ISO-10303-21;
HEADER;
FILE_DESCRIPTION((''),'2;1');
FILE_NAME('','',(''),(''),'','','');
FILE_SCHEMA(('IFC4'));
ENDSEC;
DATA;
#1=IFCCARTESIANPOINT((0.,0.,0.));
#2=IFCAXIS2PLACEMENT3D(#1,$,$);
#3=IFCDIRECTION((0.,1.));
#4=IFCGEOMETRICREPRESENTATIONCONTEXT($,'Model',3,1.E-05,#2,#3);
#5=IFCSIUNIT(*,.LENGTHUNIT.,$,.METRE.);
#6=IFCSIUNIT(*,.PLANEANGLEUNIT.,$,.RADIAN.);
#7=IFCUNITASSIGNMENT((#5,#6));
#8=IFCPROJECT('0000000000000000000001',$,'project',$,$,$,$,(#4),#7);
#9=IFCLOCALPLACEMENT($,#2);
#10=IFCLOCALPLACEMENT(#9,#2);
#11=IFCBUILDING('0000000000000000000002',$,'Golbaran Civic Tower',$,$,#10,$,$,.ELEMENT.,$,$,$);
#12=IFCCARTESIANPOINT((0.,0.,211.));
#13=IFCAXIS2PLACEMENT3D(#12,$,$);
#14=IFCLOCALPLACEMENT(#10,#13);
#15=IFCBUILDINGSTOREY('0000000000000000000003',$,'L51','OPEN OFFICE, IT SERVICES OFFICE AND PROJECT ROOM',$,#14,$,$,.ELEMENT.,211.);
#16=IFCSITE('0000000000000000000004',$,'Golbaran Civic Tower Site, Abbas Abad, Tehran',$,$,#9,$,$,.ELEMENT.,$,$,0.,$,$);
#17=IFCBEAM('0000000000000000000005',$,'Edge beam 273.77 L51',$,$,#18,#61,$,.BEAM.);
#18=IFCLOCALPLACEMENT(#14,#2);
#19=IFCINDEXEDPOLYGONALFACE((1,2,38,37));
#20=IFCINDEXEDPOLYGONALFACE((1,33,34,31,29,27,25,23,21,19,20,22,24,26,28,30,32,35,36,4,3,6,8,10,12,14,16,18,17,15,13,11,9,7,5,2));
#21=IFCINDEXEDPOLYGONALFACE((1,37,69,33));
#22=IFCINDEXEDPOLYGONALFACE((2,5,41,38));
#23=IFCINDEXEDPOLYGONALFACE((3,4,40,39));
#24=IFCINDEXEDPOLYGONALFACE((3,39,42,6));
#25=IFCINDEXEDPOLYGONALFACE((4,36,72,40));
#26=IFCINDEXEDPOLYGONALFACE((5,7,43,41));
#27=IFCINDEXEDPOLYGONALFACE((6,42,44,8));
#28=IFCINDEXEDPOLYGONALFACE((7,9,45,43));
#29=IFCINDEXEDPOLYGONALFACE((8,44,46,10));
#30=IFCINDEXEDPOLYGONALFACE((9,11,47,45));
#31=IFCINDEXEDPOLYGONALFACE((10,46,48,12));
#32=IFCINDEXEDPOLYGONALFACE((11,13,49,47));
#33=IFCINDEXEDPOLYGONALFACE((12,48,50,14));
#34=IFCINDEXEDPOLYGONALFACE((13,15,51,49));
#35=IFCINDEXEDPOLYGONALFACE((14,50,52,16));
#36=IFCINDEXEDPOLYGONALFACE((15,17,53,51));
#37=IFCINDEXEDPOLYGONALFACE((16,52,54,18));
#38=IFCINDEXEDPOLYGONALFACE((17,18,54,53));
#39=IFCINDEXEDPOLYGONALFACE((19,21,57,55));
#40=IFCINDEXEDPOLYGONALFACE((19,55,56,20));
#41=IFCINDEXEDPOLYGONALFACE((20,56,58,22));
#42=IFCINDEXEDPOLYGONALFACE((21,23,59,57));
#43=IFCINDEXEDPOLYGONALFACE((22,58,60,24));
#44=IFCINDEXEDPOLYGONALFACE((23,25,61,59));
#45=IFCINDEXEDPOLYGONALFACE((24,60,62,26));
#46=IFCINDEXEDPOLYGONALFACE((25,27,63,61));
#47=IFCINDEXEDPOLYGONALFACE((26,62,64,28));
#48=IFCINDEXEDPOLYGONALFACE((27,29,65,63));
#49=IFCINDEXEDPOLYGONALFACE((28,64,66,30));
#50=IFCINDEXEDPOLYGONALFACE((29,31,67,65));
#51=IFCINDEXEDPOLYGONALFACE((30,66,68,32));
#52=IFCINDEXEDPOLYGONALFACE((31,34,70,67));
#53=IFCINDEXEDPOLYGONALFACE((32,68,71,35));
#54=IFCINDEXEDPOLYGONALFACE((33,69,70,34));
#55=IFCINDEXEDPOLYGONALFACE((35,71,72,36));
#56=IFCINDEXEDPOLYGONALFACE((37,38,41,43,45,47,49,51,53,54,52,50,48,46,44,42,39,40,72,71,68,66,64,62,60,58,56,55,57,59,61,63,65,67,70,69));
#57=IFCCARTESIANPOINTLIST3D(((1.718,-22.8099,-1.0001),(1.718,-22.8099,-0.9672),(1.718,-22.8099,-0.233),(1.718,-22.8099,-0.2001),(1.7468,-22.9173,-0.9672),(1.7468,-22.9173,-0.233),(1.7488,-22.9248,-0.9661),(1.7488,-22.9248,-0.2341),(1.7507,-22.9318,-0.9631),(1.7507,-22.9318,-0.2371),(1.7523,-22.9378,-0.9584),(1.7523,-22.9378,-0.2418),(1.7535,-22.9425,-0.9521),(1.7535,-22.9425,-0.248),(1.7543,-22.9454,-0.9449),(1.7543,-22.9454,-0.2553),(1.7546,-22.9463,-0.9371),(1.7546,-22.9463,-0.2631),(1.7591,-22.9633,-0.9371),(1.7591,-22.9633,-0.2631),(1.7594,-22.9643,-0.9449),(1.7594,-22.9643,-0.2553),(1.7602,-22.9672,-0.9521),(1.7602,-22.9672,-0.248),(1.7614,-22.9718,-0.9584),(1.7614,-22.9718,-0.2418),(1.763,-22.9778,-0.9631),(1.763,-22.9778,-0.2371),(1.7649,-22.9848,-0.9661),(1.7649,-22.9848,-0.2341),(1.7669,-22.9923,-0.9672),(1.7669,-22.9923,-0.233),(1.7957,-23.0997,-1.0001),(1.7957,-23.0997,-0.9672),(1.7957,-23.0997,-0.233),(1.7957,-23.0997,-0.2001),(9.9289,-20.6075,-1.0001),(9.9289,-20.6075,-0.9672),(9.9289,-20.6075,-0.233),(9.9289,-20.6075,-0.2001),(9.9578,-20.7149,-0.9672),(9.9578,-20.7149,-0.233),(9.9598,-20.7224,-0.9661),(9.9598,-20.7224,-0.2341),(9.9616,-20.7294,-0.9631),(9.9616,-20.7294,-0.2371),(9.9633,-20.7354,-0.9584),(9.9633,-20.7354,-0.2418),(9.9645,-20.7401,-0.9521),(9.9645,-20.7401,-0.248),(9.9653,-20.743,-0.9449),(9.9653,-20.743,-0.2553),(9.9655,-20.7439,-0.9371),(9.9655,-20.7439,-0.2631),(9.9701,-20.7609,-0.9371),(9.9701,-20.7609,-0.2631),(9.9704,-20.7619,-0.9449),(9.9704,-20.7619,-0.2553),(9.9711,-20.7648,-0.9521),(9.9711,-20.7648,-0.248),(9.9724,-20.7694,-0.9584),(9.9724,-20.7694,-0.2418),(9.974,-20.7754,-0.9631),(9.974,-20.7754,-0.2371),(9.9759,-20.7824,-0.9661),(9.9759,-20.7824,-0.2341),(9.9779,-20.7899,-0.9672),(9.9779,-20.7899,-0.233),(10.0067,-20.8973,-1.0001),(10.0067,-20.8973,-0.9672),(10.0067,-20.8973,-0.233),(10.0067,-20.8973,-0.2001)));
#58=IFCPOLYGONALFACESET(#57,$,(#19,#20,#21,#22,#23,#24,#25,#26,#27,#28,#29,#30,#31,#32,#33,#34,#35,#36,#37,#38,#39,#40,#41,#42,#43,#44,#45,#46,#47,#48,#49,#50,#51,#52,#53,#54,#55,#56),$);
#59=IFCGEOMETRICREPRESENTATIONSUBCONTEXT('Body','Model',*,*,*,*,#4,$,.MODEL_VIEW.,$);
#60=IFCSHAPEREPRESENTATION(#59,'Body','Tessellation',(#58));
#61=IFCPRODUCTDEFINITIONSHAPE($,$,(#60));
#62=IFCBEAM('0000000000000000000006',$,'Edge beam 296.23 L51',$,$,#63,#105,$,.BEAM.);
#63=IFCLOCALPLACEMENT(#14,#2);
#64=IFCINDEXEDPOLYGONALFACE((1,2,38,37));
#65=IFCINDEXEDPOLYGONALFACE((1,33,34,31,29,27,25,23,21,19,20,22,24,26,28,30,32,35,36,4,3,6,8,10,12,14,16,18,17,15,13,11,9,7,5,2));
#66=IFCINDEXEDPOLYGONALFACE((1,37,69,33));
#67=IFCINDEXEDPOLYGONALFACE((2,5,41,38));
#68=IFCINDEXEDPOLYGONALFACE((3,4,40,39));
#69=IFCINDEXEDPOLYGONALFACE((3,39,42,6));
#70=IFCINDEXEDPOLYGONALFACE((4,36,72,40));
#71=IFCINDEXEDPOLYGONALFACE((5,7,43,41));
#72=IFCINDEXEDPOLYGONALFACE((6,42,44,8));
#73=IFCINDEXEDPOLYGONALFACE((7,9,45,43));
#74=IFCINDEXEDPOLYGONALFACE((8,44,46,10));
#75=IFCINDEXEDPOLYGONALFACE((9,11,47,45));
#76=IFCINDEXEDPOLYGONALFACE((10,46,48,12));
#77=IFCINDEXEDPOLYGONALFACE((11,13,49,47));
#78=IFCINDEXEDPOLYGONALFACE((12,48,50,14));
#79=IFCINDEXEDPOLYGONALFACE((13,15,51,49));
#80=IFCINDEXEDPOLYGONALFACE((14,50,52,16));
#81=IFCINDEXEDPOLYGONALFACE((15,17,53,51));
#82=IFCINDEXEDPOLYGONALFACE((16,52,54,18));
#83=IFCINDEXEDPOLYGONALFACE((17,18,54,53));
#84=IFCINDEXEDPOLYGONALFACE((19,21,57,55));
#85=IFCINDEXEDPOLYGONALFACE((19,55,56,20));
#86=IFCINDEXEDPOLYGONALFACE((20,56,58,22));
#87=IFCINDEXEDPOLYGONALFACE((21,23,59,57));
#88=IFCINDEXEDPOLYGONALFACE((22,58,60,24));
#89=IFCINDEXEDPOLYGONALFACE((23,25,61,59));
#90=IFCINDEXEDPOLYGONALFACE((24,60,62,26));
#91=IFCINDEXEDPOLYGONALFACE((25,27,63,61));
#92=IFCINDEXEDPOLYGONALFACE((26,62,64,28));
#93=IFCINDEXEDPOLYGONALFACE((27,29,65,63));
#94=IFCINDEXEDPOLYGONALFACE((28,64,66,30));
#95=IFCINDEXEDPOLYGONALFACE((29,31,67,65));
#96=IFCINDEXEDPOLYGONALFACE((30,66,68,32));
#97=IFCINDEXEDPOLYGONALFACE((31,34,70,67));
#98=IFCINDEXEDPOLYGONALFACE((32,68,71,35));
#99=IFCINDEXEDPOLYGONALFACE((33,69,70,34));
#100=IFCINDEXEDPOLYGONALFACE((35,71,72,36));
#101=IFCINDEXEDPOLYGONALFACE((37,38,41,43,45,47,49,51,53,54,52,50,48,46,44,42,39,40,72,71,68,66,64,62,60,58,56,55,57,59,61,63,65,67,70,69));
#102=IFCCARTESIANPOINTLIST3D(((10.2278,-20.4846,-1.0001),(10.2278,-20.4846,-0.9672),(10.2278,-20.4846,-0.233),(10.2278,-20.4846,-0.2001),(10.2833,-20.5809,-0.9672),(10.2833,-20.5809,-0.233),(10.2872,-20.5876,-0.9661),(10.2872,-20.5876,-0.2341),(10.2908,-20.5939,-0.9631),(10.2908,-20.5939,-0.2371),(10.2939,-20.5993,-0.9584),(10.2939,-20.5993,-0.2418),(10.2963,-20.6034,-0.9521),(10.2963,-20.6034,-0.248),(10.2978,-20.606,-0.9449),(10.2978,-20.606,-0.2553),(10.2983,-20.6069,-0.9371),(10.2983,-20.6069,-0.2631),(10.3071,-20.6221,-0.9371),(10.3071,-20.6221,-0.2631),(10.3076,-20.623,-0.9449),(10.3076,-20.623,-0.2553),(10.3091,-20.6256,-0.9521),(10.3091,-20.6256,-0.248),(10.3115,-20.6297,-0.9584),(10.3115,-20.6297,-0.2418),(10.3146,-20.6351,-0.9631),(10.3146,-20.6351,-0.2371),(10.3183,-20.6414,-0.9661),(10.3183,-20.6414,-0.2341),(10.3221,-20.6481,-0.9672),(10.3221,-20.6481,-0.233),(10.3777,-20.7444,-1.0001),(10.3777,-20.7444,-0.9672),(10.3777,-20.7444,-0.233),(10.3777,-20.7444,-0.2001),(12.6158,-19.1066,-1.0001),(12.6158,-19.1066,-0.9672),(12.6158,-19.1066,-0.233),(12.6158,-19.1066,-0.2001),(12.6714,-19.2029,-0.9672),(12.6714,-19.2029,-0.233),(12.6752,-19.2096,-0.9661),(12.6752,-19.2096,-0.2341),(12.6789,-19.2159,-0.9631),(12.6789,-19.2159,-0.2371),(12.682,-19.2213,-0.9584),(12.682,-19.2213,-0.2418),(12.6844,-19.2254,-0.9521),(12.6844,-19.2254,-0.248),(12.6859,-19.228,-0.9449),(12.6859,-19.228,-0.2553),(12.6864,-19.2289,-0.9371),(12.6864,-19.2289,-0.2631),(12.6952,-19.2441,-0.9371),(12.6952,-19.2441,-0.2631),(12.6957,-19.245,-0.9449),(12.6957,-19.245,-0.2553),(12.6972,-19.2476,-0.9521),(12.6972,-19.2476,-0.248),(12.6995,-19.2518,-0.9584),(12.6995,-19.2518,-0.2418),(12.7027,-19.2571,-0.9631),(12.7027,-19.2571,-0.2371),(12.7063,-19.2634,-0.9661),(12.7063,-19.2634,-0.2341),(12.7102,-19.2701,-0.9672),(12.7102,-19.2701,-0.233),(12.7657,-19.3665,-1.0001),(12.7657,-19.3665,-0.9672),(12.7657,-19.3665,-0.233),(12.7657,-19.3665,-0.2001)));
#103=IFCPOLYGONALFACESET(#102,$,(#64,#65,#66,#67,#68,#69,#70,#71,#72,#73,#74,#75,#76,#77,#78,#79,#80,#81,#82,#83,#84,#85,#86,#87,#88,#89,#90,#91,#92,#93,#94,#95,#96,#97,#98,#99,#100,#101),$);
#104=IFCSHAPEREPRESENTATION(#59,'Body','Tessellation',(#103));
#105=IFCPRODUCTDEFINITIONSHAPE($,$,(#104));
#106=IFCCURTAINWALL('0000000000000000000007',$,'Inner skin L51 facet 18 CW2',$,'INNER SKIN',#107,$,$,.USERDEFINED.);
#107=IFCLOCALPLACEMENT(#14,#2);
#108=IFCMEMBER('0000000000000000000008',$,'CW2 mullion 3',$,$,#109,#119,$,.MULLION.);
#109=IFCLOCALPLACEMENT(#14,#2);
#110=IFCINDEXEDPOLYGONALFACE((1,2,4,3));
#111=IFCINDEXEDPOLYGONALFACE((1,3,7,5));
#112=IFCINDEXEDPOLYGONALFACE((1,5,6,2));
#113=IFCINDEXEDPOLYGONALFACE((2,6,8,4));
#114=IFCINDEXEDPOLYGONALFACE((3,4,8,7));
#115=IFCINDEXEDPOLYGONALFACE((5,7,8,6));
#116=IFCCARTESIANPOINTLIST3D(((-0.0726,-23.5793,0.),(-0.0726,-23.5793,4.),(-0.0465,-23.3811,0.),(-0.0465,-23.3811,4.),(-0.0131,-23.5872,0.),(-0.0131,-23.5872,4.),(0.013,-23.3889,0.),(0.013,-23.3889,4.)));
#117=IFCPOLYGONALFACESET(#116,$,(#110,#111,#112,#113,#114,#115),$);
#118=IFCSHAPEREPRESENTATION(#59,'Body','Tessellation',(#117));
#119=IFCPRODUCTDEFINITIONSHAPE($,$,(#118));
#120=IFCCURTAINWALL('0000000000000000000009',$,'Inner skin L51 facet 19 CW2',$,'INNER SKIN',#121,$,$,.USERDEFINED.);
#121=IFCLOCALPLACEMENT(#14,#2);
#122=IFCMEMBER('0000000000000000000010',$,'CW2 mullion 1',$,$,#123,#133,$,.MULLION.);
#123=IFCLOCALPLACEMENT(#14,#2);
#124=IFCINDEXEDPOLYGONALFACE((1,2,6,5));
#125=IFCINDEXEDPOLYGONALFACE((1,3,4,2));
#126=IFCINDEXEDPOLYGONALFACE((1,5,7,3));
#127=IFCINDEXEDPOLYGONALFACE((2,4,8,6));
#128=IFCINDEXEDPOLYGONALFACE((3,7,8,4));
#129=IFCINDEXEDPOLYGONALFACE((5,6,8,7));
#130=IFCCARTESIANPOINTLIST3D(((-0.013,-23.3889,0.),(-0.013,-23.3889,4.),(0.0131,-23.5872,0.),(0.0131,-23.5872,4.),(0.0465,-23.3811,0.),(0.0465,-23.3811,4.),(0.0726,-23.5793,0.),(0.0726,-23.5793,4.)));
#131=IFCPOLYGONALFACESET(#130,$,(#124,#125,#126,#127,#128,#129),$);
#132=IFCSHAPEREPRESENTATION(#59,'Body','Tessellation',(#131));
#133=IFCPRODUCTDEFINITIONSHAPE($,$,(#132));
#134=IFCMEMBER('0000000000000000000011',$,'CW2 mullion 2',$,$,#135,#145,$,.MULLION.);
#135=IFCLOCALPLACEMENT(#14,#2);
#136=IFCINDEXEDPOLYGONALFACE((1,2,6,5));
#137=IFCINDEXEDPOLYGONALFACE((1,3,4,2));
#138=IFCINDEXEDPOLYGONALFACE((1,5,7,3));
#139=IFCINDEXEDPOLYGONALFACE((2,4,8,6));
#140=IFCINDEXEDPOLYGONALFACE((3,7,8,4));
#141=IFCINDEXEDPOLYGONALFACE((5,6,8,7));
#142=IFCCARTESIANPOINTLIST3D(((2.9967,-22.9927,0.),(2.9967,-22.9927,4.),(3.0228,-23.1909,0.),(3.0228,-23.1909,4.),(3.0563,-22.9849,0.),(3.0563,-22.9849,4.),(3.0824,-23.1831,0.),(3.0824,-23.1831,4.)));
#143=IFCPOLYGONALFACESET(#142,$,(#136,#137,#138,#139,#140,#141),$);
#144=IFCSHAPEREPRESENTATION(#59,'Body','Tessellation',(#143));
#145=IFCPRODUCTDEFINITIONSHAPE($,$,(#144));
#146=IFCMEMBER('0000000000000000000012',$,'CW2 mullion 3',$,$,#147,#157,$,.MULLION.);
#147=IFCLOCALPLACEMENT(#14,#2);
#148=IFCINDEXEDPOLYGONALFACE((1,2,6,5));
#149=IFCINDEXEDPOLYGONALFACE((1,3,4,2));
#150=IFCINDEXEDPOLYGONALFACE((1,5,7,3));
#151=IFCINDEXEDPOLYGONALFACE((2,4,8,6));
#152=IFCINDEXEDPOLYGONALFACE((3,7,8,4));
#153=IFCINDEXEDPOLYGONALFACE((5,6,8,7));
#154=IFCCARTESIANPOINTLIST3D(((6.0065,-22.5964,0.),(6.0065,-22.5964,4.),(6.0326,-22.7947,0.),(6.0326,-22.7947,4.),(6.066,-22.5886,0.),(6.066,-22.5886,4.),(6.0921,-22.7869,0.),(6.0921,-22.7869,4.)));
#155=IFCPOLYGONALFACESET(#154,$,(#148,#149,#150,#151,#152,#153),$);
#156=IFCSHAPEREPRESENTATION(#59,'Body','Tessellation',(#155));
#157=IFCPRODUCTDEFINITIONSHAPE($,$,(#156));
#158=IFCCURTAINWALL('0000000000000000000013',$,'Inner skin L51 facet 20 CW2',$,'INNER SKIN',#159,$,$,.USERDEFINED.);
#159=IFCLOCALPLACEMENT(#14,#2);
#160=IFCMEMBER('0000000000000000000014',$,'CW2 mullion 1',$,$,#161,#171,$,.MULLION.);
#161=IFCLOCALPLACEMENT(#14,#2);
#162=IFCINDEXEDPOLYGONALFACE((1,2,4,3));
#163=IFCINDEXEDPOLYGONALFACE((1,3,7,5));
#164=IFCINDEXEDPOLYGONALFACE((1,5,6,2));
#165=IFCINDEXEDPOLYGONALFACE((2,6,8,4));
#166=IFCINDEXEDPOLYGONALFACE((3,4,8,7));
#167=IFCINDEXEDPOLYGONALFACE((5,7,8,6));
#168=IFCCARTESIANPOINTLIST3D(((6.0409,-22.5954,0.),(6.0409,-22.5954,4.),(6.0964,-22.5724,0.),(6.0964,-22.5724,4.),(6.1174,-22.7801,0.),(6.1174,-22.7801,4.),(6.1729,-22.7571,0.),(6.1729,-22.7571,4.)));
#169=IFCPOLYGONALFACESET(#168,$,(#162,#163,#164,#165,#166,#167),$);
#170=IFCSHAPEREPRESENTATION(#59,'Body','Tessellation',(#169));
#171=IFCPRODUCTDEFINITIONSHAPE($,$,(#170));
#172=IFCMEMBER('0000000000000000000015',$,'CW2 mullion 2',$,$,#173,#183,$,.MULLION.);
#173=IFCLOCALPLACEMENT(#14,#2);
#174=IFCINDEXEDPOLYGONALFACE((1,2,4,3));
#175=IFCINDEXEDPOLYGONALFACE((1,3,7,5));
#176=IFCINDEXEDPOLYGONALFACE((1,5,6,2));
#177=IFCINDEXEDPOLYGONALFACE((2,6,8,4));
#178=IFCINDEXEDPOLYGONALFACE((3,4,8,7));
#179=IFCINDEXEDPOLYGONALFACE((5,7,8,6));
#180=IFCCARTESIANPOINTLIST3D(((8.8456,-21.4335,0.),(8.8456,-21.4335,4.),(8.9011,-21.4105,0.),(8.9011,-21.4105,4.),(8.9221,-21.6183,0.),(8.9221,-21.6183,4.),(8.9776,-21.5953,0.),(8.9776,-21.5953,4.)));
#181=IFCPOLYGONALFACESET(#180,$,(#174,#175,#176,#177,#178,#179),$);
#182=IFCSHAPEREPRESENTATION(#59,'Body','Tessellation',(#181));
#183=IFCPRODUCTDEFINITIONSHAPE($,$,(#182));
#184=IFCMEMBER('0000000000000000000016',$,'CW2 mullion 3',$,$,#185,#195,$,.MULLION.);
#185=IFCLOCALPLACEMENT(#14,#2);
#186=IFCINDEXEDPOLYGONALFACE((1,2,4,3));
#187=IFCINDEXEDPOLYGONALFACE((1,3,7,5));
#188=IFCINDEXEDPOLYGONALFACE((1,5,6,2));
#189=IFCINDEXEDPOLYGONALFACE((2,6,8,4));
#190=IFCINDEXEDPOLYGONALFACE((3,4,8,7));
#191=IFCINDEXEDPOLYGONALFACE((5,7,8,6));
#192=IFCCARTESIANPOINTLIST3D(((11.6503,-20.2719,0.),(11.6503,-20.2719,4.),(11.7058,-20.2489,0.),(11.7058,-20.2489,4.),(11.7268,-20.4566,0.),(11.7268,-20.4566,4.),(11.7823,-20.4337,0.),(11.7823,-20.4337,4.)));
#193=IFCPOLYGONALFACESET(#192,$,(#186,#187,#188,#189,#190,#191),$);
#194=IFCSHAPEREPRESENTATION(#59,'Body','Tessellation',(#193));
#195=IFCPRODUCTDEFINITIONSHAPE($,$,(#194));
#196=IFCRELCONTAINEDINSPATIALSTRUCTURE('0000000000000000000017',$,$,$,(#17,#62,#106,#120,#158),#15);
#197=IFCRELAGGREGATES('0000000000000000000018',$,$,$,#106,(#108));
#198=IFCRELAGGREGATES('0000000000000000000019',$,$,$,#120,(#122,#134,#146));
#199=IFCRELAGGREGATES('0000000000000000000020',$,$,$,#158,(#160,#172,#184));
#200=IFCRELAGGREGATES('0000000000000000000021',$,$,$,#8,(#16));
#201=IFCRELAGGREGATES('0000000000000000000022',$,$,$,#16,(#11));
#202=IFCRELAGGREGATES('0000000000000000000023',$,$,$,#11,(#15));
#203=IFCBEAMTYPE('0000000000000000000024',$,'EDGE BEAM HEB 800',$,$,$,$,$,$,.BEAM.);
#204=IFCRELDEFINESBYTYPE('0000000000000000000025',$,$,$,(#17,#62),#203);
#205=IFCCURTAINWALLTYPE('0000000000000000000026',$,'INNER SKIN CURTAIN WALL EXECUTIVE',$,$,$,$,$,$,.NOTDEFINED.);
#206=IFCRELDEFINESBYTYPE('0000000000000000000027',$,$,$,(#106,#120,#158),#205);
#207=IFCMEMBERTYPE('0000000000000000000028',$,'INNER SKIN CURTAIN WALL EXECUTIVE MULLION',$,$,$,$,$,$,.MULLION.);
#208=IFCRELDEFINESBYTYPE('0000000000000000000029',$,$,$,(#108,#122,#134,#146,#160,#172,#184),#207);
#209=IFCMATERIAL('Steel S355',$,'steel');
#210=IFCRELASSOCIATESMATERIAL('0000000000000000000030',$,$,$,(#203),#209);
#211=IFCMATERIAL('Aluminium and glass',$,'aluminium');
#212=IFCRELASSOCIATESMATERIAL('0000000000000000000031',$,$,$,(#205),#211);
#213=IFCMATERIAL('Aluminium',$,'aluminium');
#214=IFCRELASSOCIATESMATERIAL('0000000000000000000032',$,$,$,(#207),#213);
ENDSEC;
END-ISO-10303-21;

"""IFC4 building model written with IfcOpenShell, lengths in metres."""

from ifc_helpers import new_model, si_unit, direction, frame, origin, origin_2d, place, context, subcontext, project, spatial, rectangle, i_section, extrude, material, material_profile, profile_set, type_object, element, aggregate, save


model = new_model("IFC4")

# Units and contexts
model_context = context("Model", 3, precision=1e-05, world=origin(), true_north=direction((0.0, 1.0)))
body_context = subcontext(model_context, "Body", "Model", "MODEL_VIEW")
ifc_project = project(units=[si_unit("LENGTHUNIT", "METRE"), si_unit("PLANEANGLEUNIT", "RADIAN")], contexts=[model_context])

# Site, building, storey
site_placement = place(None, origin())
site = spatial("IfcSite", under=ifc_project, at=site_placement, Name="Golbaran Civic Tower Site, Abbas Abad, Tehran", CompositionType="ELEMENT", RefElevation=0.0)
building_placement = place(site_placement, origin())
building = spatial("IfcBuilding", under=site, at=building_placement, Name="Golbaran Civic Tower", CompositionType="ELEMENT")
storey_placement = place(building_placement, frame((0.0, 0.0, 211.0)))
storey = spatial("IfcBuildingStorey", under=building, at=storey_placement, Name="L51", Description="OPEN OFFICE, IT SERVICES OFFICE AND PROJECT ROOM", CompositionType="ELEMENT", Elevation=211.0)

# Beams
ifc_material_1 = material(Name="Steel S355", Category="steel")
ifc_material_profile_1 = material_profile(ifc_material_1, i_section(OverallWidth=0.3, OverallDepth=0.8, WebThickness=0.0176, FlangeThickness=0.033, FilletRadius=0.03, at=origin_2d()), Name="HEB 800")
ifc_profile_set_1 = profile_set([ifc_material_profile_1], Name="Steel S355")
beam_type = type_object("IfcBeamType", Name="EDGE BEAM HEB 800", PredefinedType="BEAM", material=ifc_profile_set_1)
beam_1_placement = place(storey_placement, frame((1.7568, -22.9548, -0.6001), z_axis=(0.965859, 0.259069, 0.0), x_axis=(-0.259069, 0.965859, 0.0)))
element("IfcBeam", 1, at=beam_1_placement, inside=storey, type_object=beam_type, Name="Edge beam 273.77 L51", PredefinedType="BEAM", context=body_context, shape_type="SweptSolid", body=[
    extrude(i_section(OverallWidth=0.3, OverallDepth=0.8, WebThickness=0.0176, FlangeThickness=0.033, FilletRadius=0.03, at=origin_2d()), origin(), (0.0, 0.0, 1.0), 8.5012),
])
beam_2_placement = place(storey_placement, frame((10.3027, -20.6145, -0.6001), z_axis=(0.866143, 0.499797, 0.0), x_axis=(-0.499797, 0.866143, 0.0)))
element("IfcBeam", 2, at=beam_2_placement, inside=storey, type_object=beam_type, Name="Edge beam 296.23 L51", PredefinedType="BEAM", context=body_context, shape_type="SweptSolid", body=[
    extrude(i_section(OverallWidth=0.3, OverallDepth=0.8, WebThickness=0.0176, FlangeThickness=0.033, FilletRadius=0.03, at=origin_2d()), origin(), (0.0, 0.0, 1.0), 2.7571),
])

# Curtain wall, member
ifc_material_2 = material(Name="Aluminium and glass", Category="aluminium")
curtain_wall_type = type_object("IfcCurtainWallType", Name="INNER SKIN CURTAIN WALL EXECUTIVE", PredefinedType="NOTDEFINED", material=ifc_material_2)
curtain_wall_1_placement = place(storey_placement, origin())
curtain_wall_1 = element("IfcCurtainWall", 3, at=curtain_wall_1_placement, inside=storey, type_object=curtain_wall_type, Name="Inner skin L51 facet 18 CW2", ObjectType="INNER SKIN", PredefinedType="USERDEFINED")
ifc_material_3 = material(Name="Aluminium", Category="aluminium")
ifc_material_profile_2 = material_profile(ifc_material_3, rectangle(XDim=0.2, YDim=0.0601, at=origin_2d()), Name="INNER SKIN CURTAIN WALL EXECUTIVE MULLION")
ifc_profile_set_2 = profile_set([ifc_material_profile_2], Name="Aluminium")
member_type_1 = type_object("IfcMemberType", Name="INNER SKIN CURTAIN WALL EXECUTIVE MULLION", PredefinedType="MULLION", material=ifc_profile_set_2)
member_1_placement = place(storey_placement, frame((-0.0298, -23.4841, 0.0), z_axis=(0.0, 0.0, 1.0), x_axis=(0.130526, 0.991445, 0.0)))
member_1 = element("IfcMember", 4, at=member_1_placement, type_object=member_type_1, Name="CW2 mullion 3", PredefinedType="MULLION", context=body_context, shape_type="SweptSolid", body=[
    extrude(rectangle(XDim=0.2, YDim=0.0601, at=origin_2d()), origin(), (0.0, 0.0, 1.0), 4.0),
])
aggregate(curtain_wall_1, [member_1])

# Curtain walls, members
curtain_wall_2_placement = place(storey_placement, origin())
curtain_wall_2 = element("IfcCurtainWall", 5, at=curtain_wall_2_placement, inside=storey, type_object=curtain_wall_type, Name="Inner skin L51 facet 19 CW2", ObjectType="INNER SKIN", PredefinedType="USERDEFINED")
member_2_placement = place(storey_placement, frame((0.0298, -23.4841, 0.0), z_axis=(0.0, 0.0, 1.0), x_axis=(-0.130526, 0.991445, 0.0)))
member_2 = element("IfcMember", 6, at=member_2_placement, type_object=member_type_1, Name="CW2 mullion 1", PredefinedType="MULLION", context=body_context, shape_type="SweptSolid", body=[
    extrude(rectangle(XDim=0.2, YDim=0.0601, at=origin_2d()), origin(), (0.0, 0.0, 1.0), 4.0),
])
member_3_placement = place(storey_placement, frame((3.0396, -23.0879, 0.0), z_axis=(0.0, 0.0, 1.0), x_axis=(-0.130526, 0.991445, 0.0)))
member_3 = element("IfcMember", 7, at=member_3_placement, type_object=member_type_1, Name="CW2 mullion 2", PredefinedType="MULLION", context=body_context, shape_type="SweptSolid", body=[
    extrude(rectangle(XDim=0.2, YDim=0.0601, at=origin_2d()), origin(), (0.0, 0.0, 1.0), 4.0),
])
member_4_placement = place(storey_placement, frame((6.0493, -22.6917, 0.0), z_axis=(0.0, 0.0, 1.0), x_axis=(-0.130526, 0.991445, 0.0)))
member_4 = element("IfcMember", 8, at=member_4_placement, type_object=member_type_1, Name="CW2 mullion 3", PredefinedType="MULLION", context=body_context, shape_type="SweptSolid", body=[
    extrude(rectangle(XDim=0.2, YDim=0.0601, at=origin_2d()), origin(), (0.0, 0.0, 1.0), 4.0),
])
curtain_wall_3_placement = place(storey_placement, origin())
curtain_wall_3 = element("IfcCurtainWall", 9, at=curtain_wall_3_placement, inside=storey, type_object=curtain_wall_type, Name="Inner skin L51 facet 20 CW2", ObjectType="INNER SKIN", PredefinedType="USERDEFINED")
member_5_placement = place(storey_placement, frame((6.1069, -22.6763, 0.0), z_axis=(0.0, 0.0, 1.0), x_axis=(-0.382683, 0.92388, 0.0)))
member_5 = element("IfcMember", 10, at=member_5_placement, type_object=member_type_1, Name="CW2 mullion 1", PredefinedType="MULLION", context=body_context, shape_type="SweptSolid", body=[
    extrude(rectangle(XDim=0.2, YDim=0.0601, at=origin_2d()), origin(), (0.0, 0.0, 1.0), 4.0),
])
member_6_placement = place(storey_placement, frame((8.9116, -21.5144, 0.0), z_axis=(0.0, 0.0, 1.0), x_axis=(-0.382683, 0.92388, 0.0)))
member_6 = element("IfcMember", 11, at=member_6_placement, type_object=member_type_1, Name="CW2 mullion 2", PredefinedType="MULLION", context=body_context, shape_type="SweptSolid", body=[
    extrude(rectangle(XDim=0.2, YDim=0.0601, at=origin_2d()), origin(), (0.0, 0.0, 1.0), 4.0),
])
member_7_placement = place(storey_placement, frame((11.7163, -20.3528, 0.0), z_axis=(0.0, 0.0, 1.0), x_axis=(-0.382683, 0.92388, 0.0)))
member_7 = element("IfcMember", 12, at=member_7_placement, type_object=member_type_1, Name="CW2 mullion 3", PredefinedType="MULLION", context=body_context, shape_type="SweptSolid", body=[
    extrude(rectangle(XDim=0.2, YDim=0.0601, at=origin_2d()), origin(), (0.0, 0.0, 1.0), 4.0),
])

aggregate(curtain_wall_2, [member_2, member_3, member_4])
aggregate(curtain_wall_3, [member_5, member_6, member_7])

save(model, "model.ifc")
